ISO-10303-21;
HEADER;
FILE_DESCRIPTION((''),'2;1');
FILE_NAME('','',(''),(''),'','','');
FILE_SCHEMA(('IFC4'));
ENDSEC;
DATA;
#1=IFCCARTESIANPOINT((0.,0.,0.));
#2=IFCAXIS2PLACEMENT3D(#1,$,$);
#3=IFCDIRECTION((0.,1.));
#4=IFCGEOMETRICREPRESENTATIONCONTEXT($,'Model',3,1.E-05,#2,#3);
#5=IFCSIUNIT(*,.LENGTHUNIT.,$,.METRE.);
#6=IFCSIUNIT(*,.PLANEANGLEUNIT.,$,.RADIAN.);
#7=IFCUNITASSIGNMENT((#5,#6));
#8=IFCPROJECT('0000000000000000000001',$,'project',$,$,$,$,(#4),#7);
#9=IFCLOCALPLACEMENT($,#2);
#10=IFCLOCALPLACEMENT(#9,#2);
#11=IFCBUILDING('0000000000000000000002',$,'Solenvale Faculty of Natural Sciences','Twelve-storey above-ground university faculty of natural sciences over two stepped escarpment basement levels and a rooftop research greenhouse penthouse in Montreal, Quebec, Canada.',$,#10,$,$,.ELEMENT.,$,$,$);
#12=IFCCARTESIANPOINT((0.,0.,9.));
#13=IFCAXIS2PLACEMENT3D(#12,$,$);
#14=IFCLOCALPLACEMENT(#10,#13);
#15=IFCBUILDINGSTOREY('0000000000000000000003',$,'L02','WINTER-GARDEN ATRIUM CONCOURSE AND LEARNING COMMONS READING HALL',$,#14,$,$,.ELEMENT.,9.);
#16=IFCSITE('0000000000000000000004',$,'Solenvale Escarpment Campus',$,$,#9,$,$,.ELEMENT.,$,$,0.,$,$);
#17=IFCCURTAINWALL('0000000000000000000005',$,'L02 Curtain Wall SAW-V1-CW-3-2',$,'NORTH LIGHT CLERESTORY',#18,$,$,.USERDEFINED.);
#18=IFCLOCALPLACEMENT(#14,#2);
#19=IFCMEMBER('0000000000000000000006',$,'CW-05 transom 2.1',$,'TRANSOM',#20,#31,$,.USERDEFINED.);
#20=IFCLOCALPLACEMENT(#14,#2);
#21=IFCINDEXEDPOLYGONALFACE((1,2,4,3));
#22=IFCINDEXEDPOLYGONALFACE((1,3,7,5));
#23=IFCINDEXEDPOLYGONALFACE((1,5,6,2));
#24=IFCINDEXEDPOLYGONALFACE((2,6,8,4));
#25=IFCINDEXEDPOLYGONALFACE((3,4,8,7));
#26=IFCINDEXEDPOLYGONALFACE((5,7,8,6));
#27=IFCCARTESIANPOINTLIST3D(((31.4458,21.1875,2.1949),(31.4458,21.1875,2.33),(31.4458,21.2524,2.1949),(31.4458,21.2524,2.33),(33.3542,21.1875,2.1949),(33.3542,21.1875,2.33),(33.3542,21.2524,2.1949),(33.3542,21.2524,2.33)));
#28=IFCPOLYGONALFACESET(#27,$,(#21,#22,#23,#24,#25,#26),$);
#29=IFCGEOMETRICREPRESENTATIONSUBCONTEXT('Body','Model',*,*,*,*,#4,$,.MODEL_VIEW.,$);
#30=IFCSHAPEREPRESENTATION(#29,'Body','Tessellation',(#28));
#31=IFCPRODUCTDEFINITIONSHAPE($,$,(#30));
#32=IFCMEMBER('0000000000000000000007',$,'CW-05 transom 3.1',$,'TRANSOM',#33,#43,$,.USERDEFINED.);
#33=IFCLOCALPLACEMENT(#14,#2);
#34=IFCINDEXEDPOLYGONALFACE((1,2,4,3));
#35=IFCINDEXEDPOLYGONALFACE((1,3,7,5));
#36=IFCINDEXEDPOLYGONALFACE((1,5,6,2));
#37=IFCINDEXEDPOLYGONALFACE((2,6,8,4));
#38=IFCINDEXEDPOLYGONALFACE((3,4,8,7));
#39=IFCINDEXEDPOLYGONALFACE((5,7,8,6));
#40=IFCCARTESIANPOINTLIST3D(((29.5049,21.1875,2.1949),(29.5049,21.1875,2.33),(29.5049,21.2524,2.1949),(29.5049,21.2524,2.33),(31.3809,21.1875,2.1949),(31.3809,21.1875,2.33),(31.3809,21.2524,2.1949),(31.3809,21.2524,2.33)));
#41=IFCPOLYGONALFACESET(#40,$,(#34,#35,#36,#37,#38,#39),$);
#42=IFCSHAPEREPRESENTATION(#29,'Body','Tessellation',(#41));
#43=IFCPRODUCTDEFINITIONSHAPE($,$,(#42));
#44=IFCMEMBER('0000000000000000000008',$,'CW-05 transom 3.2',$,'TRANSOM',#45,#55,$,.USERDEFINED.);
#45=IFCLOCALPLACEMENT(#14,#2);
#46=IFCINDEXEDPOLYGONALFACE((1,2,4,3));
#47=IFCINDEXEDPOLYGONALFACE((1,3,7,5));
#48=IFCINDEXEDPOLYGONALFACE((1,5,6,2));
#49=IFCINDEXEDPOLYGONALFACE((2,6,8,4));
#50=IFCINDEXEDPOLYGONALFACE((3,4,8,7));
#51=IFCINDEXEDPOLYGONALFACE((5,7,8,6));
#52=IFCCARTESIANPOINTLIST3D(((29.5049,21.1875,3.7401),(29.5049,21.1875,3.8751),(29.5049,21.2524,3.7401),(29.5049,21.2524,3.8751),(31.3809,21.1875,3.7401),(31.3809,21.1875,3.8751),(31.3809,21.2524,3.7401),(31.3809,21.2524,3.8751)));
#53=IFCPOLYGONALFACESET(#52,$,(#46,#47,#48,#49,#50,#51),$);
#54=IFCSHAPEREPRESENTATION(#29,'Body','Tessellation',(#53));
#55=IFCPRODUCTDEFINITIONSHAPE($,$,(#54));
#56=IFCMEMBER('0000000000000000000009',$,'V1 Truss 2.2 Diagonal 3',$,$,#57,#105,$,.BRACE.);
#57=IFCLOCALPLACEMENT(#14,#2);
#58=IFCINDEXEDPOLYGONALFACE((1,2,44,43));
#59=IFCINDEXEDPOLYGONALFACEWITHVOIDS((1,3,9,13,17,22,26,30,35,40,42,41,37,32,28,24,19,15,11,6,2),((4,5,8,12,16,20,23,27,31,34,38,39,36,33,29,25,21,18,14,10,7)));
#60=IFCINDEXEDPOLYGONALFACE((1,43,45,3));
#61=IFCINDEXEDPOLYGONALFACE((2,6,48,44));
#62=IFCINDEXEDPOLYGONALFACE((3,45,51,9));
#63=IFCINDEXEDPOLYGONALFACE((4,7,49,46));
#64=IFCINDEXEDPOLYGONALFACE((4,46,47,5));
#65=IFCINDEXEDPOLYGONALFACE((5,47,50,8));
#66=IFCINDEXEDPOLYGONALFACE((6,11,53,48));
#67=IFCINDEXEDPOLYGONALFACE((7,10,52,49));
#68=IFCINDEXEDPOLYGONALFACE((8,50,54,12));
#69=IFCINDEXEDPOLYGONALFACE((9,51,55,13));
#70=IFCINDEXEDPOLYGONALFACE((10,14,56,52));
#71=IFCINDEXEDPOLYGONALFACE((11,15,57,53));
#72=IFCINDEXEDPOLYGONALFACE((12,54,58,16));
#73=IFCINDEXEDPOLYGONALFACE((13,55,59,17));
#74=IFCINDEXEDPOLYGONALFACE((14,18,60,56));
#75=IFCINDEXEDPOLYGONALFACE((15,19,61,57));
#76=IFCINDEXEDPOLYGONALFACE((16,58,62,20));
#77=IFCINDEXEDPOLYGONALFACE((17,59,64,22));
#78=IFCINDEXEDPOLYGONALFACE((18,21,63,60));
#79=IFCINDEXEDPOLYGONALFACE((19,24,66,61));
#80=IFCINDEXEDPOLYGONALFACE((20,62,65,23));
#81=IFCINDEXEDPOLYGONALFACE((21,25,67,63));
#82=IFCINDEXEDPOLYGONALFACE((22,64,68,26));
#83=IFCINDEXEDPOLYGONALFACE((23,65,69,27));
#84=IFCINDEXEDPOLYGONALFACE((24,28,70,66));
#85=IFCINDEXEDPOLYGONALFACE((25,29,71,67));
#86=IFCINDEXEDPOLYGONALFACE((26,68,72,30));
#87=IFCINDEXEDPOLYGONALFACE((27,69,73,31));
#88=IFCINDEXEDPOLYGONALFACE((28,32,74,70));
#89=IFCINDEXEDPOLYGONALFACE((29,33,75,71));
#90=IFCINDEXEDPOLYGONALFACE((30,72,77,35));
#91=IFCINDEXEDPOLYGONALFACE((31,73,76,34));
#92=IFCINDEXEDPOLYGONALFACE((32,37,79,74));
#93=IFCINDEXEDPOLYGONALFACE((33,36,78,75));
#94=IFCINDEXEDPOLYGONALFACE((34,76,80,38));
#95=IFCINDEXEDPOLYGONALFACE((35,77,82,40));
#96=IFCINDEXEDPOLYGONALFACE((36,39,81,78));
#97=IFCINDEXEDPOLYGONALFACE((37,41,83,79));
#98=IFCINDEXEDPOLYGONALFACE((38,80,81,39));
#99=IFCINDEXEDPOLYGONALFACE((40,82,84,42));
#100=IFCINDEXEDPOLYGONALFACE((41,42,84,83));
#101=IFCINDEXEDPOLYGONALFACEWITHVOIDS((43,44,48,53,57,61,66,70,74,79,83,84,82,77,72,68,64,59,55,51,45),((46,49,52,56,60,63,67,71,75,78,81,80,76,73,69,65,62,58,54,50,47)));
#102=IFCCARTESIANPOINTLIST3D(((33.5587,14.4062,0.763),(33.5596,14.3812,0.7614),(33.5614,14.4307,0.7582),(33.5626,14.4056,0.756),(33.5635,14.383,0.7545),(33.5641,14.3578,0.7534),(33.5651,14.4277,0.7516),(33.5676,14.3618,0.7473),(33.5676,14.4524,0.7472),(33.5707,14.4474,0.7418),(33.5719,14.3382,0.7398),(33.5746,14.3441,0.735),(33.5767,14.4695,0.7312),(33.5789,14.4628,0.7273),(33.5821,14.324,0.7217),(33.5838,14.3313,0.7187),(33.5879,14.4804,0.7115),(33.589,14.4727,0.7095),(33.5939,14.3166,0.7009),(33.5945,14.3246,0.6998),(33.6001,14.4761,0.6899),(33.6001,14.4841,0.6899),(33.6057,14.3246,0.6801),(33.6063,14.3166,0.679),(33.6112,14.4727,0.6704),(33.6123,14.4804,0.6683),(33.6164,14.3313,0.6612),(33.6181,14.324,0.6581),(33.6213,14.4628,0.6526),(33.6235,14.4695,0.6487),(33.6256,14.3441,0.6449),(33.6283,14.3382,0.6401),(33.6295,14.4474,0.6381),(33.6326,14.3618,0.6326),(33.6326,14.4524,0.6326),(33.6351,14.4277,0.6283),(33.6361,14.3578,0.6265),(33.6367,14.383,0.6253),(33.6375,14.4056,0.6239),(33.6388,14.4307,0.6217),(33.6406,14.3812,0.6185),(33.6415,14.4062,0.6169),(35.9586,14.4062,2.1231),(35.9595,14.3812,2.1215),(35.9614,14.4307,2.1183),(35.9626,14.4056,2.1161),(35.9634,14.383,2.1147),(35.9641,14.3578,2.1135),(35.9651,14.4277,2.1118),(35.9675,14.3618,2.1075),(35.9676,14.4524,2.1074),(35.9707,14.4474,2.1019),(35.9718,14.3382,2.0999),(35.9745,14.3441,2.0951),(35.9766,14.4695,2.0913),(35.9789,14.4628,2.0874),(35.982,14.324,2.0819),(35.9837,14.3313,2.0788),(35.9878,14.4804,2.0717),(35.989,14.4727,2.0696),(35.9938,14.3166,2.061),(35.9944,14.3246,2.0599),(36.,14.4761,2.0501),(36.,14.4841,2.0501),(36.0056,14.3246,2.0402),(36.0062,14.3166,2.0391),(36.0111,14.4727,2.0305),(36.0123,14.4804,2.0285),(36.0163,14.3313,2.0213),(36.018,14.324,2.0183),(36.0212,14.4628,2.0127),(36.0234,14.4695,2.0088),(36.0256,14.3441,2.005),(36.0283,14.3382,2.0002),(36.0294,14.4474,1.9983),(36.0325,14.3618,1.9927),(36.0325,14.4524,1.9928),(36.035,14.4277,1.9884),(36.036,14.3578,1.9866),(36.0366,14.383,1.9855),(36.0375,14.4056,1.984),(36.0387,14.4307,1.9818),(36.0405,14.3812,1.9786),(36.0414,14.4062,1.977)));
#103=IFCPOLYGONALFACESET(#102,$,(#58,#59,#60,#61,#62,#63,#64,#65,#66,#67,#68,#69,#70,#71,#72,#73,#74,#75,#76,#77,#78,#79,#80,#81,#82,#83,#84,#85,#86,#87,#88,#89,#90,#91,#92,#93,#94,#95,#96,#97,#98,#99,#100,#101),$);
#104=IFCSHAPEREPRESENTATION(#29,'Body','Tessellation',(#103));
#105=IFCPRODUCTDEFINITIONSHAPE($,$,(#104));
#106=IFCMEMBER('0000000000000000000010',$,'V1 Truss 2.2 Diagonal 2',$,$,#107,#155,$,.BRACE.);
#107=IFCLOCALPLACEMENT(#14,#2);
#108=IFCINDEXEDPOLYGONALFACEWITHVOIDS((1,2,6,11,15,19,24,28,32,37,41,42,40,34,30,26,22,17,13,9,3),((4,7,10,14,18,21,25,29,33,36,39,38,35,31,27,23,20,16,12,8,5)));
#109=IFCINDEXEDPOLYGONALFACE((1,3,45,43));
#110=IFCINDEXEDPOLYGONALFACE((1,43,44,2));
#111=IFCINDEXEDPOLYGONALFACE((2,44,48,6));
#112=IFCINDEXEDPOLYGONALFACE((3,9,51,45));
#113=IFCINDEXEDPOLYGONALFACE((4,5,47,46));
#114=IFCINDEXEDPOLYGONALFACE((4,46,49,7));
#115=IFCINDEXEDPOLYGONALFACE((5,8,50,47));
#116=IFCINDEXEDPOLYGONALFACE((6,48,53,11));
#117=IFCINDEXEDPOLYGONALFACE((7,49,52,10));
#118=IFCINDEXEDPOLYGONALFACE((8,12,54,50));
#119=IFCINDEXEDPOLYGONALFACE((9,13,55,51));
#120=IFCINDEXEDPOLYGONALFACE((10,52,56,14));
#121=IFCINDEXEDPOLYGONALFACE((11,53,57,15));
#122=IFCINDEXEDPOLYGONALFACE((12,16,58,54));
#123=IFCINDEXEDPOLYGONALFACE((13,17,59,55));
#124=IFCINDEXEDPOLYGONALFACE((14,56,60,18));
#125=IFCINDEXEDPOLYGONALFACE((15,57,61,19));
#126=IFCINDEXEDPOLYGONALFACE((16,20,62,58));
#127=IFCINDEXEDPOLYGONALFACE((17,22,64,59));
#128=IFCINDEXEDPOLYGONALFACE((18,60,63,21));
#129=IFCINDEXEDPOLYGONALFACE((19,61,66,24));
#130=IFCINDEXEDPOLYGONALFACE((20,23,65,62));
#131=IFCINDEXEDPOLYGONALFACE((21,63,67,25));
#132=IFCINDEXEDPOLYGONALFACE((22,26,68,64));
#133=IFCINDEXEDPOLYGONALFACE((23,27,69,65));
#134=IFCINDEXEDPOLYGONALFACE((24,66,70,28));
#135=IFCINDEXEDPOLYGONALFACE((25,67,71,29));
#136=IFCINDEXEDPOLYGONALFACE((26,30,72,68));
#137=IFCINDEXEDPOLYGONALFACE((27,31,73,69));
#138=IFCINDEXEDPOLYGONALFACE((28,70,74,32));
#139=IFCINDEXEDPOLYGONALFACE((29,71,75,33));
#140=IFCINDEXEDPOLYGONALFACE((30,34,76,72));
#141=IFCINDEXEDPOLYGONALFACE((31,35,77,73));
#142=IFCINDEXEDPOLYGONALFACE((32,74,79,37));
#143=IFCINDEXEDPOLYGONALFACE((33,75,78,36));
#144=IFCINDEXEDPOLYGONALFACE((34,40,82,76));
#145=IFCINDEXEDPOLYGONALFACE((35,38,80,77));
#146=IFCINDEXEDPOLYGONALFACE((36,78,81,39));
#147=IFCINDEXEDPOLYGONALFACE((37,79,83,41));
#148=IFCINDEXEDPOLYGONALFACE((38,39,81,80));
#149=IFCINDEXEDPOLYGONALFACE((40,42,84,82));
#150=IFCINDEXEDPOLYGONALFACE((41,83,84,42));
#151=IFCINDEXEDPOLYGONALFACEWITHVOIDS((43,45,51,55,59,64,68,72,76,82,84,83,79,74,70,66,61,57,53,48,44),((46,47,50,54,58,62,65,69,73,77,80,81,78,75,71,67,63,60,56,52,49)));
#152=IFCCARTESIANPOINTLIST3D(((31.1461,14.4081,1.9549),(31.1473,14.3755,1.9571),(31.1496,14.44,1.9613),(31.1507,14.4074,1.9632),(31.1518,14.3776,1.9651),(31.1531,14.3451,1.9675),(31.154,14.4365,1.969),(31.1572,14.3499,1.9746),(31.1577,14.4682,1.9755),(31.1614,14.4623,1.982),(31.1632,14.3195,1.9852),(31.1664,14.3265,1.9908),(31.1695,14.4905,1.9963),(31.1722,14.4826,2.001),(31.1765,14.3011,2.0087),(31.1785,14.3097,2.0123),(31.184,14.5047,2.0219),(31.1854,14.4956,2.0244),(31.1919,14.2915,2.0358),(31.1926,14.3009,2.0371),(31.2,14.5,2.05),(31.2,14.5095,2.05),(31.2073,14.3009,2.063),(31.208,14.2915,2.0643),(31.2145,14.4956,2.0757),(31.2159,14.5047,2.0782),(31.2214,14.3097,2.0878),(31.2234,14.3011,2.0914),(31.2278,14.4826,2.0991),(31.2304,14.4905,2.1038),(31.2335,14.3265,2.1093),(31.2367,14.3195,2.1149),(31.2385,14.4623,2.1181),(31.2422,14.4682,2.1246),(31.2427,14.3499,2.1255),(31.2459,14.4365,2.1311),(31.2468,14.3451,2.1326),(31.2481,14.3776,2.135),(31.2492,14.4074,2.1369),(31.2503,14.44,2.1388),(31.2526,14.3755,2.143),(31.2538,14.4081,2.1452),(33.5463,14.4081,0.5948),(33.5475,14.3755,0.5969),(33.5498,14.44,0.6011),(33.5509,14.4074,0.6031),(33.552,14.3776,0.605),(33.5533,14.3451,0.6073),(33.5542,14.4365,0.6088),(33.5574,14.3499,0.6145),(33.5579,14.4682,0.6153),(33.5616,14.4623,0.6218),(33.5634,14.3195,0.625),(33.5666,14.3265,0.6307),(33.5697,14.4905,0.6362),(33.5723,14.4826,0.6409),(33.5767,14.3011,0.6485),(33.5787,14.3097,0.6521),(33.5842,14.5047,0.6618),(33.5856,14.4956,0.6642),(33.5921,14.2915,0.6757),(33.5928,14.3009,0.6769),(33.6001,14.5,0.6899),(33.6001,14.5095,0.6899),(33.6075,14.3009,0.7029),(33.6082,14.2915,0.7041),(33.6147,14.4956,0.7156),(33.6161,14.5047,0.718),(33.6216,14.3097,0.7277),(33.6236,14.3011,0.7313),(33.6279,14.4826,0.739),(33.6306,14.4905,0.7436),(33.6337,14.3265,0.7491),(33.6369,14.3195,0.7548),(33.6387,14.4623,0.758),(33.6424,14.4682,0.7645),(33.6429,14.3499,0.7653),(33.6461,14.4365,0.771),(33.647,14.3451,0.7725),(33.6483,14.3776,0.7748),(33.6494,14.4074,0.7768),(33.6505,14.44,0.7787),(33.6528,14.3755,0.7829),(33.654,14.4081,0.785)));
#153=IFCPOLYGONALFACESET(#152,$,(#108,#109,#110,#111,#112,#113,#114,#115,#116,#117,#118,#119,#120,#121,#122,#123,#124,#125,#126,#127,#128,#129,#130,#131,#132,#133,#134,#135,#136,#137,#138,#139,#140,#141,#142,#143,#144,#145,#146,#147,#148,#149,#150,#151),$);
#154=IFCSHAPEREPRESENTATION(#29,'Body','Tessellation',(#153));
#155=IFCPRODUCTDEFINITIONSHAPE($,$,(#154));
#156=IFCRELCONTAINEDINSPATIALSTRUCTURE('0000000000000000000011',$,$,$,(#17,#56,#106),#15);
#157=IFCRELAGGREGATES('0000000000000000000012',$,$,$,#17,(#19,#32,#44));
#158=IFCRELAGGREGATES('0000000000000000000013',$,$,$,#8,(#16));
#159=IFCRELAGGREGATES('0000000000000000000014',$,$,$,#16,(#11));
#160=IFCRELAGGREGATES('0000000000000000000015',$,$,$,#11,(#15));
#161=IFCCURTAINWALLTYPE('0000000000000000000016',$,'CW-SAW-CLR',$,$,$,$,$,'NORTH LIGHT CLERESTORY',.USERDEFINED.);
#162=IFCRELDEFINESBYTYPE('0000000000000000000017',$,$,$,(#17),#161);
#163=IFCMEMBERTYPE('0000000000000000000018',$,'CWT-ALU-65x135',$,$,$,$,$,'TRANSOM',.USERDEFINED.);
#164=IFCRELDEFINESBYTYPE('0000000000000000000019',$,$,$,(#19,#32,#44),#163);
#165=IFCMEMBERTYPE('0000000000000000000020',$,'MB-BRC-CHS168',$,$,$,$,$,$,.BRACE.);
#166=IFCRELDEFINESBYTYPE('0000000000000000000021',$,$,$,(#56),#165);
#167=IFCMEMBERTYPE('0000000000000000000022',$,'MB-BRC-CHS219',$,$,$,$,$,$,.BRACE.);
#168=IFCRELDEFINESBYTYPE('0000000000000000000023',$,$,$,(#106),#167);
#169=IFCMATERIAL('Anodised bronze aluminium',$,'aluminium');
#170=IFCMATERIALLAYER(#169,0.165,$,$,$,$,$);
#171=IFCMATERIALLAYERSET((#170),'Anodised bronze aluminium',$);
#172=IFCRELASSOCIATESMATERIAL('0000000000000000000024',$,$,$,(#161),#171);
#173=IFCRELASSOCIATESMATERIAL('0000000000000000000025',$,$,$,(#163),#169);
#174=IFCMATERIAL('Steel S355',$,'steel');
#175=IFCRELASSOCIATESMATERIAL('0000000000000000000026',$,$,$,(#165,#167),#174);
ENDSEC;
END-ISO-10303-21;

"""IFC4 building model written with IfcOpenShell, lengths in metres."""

from ifc_helpers import new_model, si_unit, direction, frame, origin, origin_2d, place, context, subcontext, project, spatial, rectangle, hollow_circle, extrude, material, layer, layer_set, material_profile, profile_set, type_object, element, aggregate, save


model = new_model("IFC4")

# Units and contexts
model_context = context("Model", 3, precision=1e-05, world=origin(), true_north=direction((0.0, 1.0)))
body_context = subcontext(model_context, "Body", "Model", "MODEL_VIEW")
ifc_project = project(units=[si_unit("LENGTHUNIT", "METRE"), si_unit("PLANEANGLEUNIT", "RADIAN")], contexts=[model_context])

# Site, building, storey
site_placement = place(None, origin())
site = spatial("IfcSite", under=ifc_project, at=site_placement, Name="Solenvale Escarpment Campus", CompositionType="ELEMENT", RefElevation=0.0)
building_placement = place(site_placement, origin())
building = spatial("IfcBuilding", under=site, at=building_placement, Name="Solenvale Faculty of Natural Sciences", Description="Twelve-storey above-ground university faculty of natural sciences over two stepped escarpment basement levels and a rooftop research greenhouse penthouse in Montreal, Quebec, Canada.", CompositionType="ELEMENT")
storey_placement = place(building_placement, frame((0.0, 0.0, 9.0)))
storey = spatial("IfcBuildingStorey", under=building, at=storey_placement, Name="L02", Description="WINTER-GARDEN ATRIUM CONCOURSE AND LEARNING COMMONS READING HALL", CompositionType="ELEMENT", Elevation=9.0)

# Shared definitions
ifc_material_1 = material(Name="Steel S355", Category="steel")

# Curtain wall
ifc_material_2 = material(Name="Anodised bronze aluminium", Category="aluminium")
ifc_layer_1 = layer(ifc_material_2, 0.165)
ifc_layer_set_1 = layer_set([ifc_layer_1], Name="Anodised bronze aluminium")
curtain_wall_type_1 = type_object("IfcCurtainWallType", Name="CW-SAW-CLR", ElementType="NORTH LIGHT CLERESTORY", PredefinedType="USERDEFINED", material=ifc_layer_set_1)
curtain_wall_1_placement = place(storey_placement, origin())
curtain_wall_1 = element("IfcCurtainWall", 1, at=curtain_wall_1_placement, inside=storey, type_object=curtain_wall_type_1, Name="L02 Curtain Wall SAW-V1-CW-3-2", ObjectType="NORTH LIGHT CLERESTORY", PredefinedType="USERDEFINED")

# Members
ifc_material_profile_1 = material_profile(ifc_material_2, rectangle(XDim=0.0649, YDim=0.135, at=origin_2d()), Name="ALU-TRN-65x135")
ifc_profile_set_1 = profile_set([ifc_material_profile_1], Name="Anodised bronze aluminium")
member_type_1 = type_object("IfcMemberType", Name="CWT-ALU-65x135", ElementType="TRANSOM", PredefinedType="USERDEFINED", material=ifc_profile_set_1)
member_1_placement = place(storey_placement, frame((33.3542, 21.22, 2.2625), z_axis=(-1.0, 0.0, 0.0), x_axis=(0.0, -1.0, 0.0)))
member_1 = element("IfcMember", 2, at=member_1_placement, type_object=member_type_1, Name="CW-05 transom 2.1", ObjectType="TRANSOM", PredefinedType="USERDEFINED", context=body_context, shape_type="SweptSolid", body=[
    extrude(rectangle(XDim=0.0649, YDim=0.135, at=origin_2d()), origin(), (0.0, 0.0, 1.0), 1.9084),
])
member_2_placement = place(storey_placement, frame((31.3809, 21.22, 2.2625), z_axis=(-1.0, 0.0, 0.0), x_axis=(0.0, -1.0, 0.0)))
member_2 = element("IfcMember", 3, at=member_2_placement, type_object=member_type_1, Name="CW-05 transom 3.1", ObjectType="TRANSOM", PredefinedType="USERDEFINED", context=body_context, shape_type="SweptSolid", body=[
    extrude(rectangle(XDim=0.0649, YDim=0.135, at=origin_2d()), origin(), (0.0, 0.0, 1.0), 1.876),
])
member_3_placement = place(storey_placement, frame((31.3809, 21.22, 3.8076), z_axis=(-1.0, 0.0, 0.0), x_axis=(0.0, -1.0, 0.0)))
member_3 = element("IfcMember", 4, at=member_3_placement, type_object=member_type_1, Name="CW-05 transom 3.2", ObjectType="TRANSOM", PredefinedType="USERDEFINED", context=body_context, shape_type="SweptSolid", body=[
    extrude(rectangle(XDim=0.0649, YDim=0.135, at=origin_2d()), origin(), (0.0, 0.0, 1.0), 1.876),
])

# Members
ifc_material_profile_2 = material_profile(ifc_material_1, hollow_circle(Radius=0.0842, WallThickness=0.0081, at=origin_2d()), Name="HSS168x8.0")
ifc_profile_set_2 = profile_set([ifc_material_profile_2], Name="Steel S355")
member_type_2 = type_object("IfcMemberType", Name="MB-BRC-CHS168", PredefinedType="BRACE", material=ifc_profile_set_2)
member_4_placement = place(storey_placement, frame((33.6001, 14.3999, 0.6899), z_axis=(0.869997, 0.0, 0.493057), x_axis=(0.0, 1.0, 0.0)))
element("IfcMember", 5, at=member_4_placement, inside=storey, type_object=member_type_2, Name="V1 Truss 2.2 Diagonal 3", PredefinedType="BRACE", context=body_context, shape_type="SweptSolid", body=[
    extrude(hollow_circle(Radius=0.0842, WallThickness=0.0081, at=origin_2d()), origin(), (0.0, 0.0, 1.0), 2.7585),
])
ifc_material_profile_3 = material_profile(ifc_material_1, hollow_circle(Radius=0.1096, WallThickness=0.0095, at=origin_2d()), Name="HSS219x9.5")
ifc_profile_set_3 = profile_set([ifc_material_profile_3], Name="Steel S355")
member_type_3 = type_object("IfcMemberType", Name="MB-BRC-CHS219", PredefinedType="BRACE", material=ifc_profile_set_3)
member_5_placement = place(storey_placement, frame((31.2, 14.3999, 2.05), z_axis=(0.870018, 0.0, -0.493019), x_axis=(0.0, 1.0, 0.0)))
element("IfcMember", 6, at=member_5_placement, inside=storey, type_object=member_type_3, Name="V1 Truss 2.2 Diagonal 2", PredefinedType="BRACE", context=body_context, shape_type="SweptSolid", body=[
    extrude(hollow_circle(Radius=0.1096, WallThickness=0.0095, at=origin_2d()), origin(), (0.0, 0.0, 1.0), 2.7588),
])

aggregate(curtain_wall_1, [member_1, member_2, member_3])

save(model, "model.ifc")
